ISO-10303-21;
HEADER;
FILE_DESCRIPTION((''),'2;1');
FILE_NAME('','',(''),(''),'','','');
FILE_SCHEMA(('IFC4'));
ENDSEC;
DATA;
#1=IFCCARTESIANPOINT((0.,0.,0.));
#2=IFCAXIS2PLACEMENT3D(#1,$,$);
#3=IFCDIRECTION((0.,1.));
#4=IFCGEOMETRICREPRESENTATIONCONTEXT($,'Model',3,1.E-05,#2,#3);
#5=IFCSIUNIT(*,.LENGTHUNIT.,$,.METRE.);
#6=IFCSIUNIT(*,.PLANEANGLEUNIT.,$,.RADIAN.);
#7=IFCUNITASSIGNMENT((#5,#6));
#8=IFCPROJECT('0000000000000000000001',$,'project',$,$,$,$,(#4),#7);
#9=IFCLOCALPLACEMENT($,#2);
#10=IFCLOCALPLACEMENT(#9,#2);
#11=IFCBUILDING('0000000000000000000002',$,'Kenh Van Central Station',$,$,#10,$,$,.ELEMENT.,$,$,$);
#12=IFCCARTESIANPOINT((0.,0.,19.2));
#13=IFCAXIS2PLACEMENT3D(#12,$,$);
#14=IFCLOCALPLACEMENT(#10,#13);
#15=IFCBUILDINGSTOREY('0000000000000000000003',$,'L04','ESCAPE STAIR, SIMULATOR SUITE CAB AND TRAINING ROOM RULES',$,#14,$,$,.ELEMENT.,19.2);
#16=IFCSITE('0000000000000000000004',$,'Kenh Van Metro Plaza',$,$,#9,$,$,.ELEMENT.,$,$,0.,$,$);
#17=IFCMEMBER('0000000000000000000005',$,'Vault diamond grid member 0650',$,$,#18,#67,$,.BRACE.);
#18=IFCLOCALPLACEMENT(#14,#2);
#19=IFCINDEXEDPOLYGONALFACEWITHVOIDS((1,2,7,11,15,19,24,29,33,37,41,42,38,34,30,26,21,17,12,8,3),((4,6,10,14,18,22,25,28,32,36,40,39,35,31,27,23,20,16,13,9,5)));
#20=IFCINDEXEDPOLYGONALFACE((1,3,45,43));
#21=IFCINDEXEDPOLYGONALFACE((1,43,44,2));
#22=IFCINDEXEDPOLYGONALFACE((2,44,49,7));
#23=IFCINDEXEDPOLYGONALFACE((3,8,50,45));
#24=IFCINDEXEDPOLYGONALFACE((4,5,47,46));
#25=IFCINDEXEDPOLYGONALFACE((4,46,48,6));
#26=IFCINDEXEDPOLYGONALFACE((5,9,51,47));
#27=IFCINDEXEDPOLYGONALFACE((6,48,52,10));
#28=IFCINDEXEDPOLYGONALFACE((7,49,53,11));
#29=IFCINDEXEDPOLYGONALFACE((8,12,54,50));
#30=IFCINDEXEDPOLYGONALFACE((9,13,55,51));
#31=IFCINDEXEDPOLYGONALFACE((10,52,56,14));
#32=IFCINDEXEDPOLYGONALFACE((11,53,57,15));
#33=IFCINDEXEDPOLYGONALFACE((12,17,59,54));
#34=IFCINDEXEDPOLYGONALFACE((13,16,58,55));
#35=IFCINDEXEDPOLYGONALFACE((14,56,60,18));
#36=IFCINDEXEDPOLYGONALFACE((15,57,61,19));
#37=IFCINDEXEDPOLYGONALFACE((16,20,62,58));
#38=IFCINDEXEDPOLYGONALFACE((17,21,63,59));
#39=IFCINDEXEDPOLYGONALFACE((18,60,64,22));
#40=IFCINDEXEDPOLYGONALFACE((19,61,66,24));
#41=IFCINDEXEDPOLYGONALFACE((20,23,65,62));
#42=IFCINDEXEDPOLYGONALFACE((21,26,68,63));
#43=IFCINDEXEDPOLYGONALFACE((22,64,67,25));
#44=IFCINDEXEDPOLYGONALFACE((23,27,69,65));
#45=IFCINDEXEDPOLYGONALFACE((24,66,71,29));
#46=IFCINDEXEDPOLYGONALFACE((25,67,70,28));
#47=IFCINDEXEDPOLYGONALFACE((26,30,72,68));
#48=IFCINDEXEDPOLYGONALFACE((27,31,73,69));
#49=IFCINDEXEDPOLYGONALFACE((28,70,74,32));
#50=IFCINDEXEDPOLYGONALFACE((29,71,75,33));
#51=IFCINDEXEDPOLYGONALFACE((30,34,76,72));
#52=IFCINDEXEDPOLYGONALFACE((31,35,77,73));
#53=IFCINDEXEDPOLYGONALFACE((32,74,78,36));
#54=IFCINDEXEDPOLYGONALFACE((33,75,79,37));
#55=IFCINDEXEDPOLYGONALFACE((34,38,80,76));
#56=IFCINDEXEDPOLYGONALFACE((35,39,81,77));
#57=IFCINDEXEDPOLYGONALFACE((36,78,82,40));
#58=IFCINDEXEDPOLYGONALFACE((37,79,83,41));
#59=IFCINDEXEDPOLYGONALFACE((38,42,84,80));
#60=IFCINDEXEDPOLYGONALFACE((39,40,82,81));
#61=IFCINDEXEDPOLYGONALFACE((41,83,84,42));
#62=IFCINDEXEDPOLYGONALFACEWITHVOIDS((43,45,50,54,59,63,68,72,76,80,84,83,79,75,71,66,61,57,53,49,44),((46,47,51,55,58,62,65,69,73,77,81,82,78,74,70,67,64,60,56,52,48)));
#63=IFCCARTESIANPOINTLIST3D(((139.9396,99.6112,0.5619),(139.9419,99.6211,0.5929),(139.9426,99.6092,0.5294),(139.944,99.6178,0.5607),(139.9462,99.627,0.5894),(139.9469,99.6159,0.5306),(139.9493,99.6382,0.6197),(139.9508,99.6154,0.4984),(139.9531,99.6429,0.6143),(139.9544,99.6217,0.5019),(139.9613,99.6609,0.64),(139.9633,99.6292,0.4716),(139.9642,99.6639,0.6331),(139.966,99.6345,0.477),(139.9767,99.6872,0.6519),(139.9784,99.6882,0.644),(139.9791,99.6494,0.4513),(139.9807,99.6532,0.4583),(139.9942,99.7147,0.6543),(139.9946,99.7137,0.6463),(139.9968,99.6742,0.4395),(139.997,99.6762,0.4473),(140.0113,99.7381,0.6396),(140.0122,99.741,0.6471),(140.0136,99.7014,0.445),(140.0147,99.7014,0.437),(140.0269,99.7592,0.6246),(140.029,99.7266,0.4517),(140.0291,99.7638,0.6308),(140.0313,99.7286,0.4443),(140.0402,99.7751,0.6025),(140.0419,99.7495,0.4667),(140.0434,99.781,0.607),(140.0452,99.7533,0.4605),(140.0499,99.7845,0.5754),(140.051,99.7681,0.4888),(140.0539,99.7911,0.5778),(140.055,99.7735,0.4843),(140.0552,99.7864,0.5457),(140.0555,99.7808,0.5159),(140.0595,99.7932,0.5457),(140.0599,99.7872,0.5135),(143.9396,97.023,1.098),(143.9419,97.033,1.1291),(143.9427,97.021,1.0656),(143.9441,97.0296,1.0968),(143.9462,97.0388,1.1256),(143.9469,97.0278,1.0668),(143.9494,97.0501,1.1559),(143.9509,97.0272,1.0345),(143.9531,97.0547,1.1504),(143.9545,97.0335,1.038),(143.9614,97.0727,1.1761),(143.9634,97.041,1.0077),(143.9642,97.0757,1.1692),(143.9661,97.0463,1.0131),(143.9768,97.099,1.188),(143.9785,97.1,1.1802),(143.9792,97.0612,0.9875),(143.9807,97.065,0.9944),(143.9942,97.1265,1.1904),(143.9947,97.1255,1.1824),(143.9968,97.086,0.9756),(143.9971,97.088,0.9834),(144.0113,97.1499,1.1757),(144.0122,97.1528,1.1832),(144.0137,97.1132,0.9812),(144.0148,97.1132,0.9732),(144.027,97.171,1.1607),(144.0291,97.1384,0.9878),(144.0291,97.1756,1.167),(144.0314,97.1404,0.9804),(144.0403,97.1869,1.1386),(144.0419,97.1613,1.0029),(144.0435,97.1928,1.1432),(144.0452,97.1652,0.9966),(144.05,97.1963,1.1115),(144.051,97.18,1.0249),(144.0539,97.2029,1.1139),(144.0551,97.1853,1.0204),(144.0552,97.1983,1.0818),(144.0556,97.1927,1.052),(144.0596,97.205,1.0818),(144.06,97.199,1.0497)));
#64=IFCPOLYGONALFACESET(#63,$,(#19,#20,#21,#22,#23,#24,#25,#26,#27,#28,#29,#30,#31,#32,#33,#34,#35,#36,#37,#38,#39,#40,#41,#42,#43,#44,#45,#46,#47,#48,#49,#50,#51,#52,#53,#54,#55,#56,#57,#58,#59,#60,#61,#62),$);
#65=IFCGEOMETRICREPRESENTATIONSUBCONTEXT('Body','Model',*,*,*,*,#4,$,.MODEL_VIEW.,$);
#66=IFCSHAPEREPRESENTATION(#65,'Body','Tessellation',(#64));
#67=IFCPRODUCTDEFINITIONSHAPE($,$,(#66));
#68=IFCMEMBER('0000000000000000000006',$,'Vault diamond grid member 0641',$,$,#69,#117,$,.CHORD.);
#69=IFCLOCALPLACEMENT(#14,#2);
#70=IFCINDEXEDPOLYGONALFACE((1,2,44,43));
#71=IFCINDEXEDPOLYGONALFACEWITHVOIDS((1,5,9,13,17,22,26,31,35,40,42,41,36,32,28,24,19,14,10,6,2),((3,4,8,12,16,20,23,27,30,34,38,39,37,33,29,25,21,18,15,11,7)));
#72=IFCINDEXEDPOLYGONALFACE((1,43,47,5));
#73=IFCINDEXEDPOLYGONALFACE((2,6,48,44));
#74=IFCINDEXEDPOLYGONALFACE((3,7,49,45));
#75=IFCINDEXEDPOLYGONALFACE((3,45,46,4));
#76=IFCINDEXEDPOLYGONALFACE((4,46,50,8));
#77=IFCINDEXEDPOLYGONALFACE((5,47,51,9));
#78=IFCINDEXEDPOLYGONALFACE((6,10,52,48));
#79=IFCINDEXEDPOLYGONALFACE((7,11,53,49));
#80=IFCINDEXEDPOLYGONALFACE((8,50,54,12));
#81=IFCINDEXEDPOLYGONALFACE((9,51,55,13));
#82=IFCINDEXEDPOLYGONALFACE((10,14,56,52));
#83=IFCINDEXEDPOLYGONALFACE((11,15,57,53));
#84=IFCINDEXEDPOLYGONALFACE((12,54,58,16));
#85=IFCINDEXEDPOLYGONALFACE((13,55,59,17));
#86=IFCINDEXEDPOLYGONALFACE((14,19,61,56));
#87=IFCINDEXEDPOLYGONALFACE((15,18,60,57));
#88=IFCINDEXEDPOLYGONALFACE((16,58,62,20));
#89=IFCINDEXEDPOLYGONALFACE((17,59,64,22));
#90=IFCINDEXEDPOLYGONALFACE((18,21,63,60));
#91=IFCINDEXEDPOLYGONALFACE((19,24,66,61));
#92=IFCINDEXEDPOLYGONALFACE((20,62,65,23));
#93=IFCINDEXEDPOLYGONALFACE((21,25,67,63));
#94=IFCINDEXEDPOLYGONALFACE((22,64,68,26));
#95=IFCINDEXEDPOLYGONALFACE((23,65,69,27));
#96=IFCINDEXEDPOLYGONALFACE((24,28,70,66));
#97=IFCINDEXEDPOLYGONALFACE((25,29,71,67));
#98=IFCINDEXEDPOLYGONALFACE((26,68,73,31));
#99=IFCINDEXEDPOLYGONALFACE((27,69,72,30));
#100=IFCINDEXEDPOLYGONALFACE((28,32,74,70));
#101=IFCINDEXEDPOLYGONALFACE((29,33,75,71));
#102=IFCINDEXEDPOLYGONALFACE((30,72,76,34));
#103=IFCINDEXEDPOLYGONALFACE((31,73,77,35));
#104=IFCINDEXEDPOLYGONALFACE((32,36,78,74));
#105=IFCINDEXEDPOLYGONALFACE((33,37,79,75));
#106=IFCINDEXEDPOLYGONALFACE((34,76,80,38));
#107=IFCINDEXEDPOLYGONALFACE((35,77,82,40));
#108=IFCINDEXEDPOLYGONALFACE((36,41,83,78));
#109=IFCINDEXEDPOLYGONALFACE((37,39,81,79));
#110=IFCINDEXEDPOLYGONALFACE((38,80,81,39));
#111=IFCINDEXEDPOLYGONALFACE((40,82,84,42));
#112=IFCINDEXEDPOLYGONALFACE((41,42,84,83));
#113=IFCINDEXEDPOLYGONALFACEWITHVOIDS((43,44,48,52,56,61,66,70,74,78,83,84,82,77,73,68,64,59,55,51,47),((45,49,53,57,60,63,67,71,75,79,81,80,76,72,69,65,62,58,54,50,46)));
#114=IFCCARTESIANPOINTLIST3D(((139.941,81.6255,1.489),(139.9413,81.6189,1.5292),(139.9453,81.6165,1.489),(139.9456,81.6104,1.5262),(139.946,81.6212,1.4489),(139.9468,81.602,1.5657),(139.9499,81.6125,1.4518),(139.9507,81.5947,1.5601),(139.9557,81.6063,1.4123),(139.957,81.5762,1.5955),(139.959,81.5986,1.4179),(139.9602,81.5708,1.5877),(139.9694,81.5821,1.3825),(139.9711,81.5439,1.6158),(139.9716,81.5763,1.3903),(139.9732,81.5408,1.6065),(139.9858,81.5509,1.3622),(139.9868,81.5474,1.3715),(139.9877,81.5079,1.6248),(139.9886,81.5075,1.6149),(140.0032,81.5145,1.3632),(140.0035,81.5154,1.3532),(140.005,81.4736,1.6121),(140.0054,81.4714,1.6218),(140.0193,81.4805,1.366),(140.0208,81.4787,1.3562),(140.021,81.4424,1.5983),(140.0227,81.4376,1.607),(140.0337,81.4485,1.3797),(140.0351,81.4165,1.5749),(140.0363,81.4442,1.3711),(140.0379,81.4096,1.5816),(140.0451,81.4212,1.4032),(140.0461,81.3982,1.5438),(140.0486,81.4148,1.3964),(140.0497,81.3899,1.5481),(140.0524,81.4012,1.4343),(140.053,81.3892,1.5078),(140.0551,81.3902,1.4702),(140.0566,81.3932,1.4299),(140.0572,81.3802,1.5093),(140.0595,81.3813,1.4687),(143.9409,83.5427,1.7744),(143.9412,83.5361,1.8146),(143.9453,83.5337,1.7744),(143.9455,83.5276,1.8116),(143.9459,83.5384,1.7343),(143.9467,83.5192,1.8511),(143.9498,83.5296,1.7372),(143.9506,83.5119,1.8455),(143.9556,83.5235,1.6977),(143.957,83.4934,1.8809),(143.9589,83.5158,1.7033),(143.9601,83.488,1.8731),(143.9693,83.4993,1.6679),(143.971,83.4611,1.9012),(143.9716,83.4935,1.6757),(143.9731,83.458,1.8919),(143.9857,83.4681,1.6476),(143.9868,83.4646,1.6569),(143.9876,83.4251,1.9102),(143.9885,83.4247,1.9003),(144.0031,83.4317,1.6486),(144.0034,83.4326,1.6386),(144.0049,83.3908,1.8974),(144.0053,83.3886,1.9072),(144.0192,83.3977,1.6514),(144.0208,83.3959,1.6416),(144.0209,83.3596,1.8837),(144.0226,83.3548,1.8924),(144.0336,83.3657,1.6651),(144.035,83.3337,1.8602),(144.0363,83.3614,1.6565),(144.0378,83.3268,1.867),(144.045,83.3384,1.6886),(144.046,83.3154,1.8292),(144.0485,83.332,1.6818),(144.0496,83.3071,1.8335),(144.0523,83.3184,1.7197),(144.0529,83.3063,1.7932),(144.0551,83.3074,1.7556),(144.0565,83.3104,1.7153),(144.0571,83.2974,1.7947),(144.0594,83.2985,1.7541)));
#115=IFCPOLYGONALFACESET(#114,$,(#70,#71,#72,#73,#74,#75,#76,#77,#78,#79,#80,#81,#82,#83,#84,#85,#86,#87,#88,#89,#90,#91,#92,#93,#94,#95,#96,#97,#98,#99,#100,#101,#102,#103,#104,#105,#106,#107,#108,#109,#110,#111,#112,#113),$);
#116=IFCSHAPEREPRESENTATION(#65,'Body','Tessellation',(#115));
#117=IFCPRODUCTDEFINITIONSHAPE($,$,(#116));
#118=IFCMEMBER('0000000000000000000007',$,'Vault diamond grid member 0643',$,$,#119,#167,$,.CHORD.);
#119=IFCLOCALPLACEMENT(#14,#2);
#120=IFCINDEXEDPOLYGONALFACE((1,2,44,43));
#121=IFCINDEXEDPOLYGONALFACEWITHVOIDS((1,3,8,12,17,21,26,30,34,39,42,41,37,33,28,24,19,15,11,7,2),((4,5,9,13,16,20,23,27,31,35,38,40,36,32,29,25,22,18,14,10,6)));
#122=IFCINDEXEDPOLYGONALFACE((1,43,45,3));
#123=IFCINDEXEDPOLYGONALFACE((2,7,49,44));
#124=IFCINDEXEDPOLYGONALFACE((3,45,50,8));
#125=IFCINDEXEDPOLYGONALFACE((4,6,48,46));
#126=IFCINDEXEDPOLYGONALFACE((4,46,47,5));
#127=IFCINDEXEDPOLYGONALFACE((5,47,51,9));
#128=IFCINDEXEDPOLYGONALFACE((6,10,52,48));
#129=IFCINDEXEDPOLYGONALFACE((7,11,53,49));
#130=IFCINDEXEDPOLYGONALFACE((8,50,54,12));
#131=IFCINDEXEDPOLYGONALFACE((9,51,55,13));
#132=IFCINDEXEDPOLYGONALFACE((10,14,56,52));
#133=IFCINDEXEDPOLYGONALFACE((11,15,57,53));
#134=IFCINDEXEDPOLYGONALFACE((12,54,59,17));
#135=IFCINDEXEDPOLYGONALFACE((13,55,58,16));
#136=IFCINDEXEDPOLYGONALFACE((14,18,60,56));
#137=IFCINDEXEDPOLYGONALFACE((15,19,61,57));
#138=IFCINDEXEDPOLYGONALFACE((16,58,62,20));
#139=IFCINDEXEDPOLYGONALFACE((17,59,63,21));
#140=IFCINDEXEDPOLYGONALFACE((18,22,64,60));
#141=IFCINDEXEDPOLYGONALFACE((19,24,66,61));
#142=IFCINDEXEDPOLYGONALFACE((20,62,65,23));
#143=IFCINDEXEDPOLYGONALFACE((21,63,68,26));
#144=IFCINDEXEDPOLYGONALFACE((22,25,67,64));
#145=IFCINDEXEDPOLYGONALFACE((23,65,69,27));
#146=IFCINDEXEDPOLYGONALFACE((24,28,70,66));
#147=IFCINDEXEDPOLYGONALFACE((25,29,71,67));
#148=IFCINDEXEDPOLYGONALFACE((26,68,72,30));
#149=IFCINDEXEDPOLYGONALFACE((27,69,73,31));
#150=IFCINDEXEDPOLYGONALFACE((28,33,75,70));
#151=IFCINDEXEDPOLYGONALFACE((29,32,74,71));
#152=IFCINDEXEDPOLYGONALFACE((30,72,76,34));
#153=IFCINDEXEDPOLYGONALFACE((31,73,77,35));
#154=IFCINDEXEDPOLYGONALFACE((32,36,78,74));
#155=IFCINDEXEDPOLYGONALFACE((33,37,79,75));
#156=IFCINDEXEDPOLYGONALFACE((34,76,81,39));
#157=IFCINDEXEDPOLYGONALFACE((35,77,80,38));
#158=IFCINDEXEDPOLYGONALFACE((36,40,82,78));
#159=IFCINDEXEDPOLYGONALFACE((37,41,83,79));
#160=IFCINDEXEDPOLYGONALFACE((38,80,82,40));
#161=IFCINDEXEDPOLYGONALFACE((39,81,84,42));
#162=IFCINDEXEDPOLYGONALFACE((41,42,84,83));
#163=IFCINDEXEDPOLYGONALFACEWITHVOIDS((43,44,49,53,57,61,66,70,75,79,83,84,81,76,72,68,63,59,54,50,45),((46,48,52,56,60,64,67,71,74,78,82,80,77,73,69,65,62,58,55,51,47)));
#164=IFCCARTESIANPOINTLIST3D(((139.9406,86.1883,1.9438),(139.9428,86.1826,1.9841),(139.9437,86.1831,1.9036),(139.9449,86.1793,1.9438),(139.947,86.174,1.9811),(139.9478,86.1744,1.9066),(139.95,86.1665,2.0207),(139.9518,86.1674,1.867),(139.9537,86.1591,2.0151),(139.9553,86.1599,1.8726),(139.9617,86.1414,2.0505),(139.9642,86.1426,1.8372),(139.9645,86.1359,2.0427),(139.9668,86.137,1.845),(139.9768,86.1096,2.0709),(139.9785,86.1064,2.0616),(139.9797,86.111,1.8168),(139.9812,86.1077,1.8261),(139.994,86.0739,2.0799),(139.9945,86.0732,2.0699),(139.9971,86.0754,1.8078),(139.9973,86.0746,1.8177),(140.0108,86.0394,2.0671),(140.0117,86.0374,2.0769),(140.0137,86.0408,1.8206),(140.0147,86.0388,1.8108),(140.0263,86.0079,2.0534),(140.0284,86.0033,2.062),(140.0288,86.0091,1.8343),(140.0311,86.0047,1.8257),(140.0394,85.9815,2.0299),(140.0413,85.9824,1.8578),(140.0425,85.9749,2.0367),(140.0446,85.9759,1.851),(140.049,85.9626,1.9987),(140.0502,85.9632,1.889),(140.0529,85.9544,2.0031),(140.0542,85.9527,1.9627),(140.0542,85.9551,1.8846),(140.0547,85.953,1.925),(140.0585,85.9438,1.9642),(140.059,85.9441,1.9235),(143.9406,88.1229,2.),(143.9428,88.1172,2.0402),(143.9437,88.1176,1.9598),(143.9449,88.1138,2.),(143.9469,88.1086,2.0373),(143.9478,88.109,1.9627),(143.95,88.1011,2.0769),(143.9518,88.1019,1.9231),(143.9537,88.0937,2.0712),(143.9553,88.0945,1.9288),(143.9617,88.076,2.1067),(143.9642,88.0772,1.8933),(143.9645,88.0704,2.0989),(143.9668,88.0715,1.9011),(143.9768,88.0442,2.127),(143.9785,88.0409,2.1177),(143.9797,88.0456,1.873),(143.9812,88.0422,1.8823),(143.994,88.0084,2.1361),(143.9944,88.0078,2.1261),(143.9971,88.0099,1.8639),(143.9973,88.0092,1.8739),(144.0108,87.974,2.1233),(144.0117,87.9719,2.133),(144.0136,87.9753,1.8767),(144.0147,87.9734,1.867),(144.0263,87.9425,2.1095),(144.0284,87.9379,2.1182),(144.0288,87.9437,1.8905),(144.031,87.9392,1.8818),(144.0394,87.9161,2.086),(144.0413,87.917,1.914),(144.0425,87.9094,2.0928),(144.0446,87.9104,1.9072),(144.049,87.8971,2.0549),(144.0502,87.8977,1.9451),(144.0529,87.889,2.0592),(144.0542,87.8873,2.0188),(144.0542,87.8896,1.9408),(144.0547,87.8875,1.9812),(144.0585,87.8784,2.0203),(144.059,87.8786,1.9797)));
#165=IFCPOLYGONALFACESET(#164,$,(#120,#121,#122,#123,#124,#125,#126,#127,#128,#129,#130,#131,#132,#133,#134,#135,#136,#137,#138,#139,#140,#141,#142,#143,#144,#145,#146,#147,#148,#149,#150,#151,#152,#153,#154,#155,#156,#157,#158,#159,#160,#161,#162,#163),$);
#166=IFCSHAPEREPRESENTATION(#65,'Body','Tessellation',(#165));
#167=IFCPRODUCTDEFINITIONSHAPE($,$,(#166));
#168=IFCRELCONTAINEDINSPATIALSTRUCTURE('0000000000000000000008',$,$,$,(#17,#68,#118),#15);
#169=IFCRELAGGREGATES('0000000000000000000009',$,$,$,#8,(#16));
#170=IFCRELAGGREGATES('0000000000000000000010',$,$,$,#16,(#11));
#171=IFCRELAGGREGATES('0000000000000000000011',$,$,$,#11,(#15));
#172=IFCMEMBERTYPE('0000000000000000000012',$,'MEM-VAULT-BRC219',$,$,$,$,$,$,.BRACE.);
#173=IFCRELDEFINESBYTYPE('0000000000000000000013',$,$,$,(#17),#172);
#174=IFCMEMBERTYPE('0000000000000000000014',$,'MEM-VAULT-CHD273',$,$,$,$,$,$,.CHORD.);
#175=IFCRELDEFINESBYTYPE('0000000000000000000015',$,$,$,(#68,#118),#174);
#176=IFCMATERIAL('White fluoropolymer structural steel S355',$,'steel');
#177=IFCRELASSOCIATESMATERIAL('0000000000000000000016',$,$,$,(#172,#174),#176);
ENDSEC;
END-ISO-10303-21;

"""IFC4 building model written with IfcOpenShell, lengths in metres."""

from ifc_helpers import new_model, si_unit, direction, frame, origin, origin_2d, place, context, subcontext, project, spatial, hollow_circle, extrude, material, material_profile, profile_set, type_object, element, save


model = new_model("IFC4")

# Units and contexts
model_context = context("Model", 3, precision=1e-05, world=origin(), true_north=direction((0.0, 1.0)))
body_context = subcontext(model_context, "Body", "Model", "MODEL_VIEW")
ifc_project = project(units=[si_unit("LENGTHUNIT", "METRE"), si_unit("PLANEANGLEUNIT", "RADIAN")], contexts=[model_context])

# Site, building, storey
site_placement = place(None, origin())
site = spatial("IfcSite", under=ifc_project, at=site_placement, Name="Kenh Van Metro Plaza", CompositionType="ELEMENT", RefElevation=0.0)
building_placement = place(site_placement, origin())
building = spatial("IfcBuilding", under=site, at=building_placement, Name="Kenh Van Central Station", CompositionType="ELEMENT")
storey_placement = place(building_placement, frame((0.0, 0.0, 19.2)))
storey = spatial("IfcBuildingStorey", under=building, at=storey_placement, Name="L04", Description="ESCAPE STAIR, SIMULATOR SUITE CAB AND TRAINING ROOM RULES", CompositionType="ELEMENT", Elevation=19.2)

# Shared definitions
ifc_material_1 = material(Name="White fluoropolymer structural steel S355", Category="steel")

# Members
ifc_material_profile_1 = material_profile(ifc_material_1, hollow_circle(Radius=0.1096, WallThickness=0.0081, at=origin_2d()), Name="CHS 219.1x8")
ifc_profile_set_1 = profile_set([ifc_material_profile_1], Name="White fluoropolymer structural steel S355")
member_type_1 = type_object("IfcMemberType", Name="MEM-VAULT-BRC219", PredefinedType="BRACE", material=ifc_profile_set_1)
member_1_placement = place(storey_placement, frame((140.0, 99.7012, 0.5457), z_axis=(0.834314, -0.539829, 0.111826), x_axis=(0.543236, 0.83958, 0.0)))
element("IfcMember", 1, at=member_1_placement, inside=storey, type_object=member_type_1, Name="Vault diamond grid member 0650", PredefinedType="BRACE", context=body_context, shape_type="SweptSolid", body=[
    extrude(hollow_circle(Radius=0.1096, WallThickness=0.0081, at=origin_2d()), origin(), (0.0, 0.0, 1.0), 4.7944),
])
ifc_material_profile_2 = material_profile(ifc_material_1, hollow_circle(Radius=0.1365, WallThickness=0.01, at=origin_2d()), Name="CHS 273x10")
ifc_profile_set_2 = profile_set([ifc_material_profile_2], Name="White fluoropolymer structural steel S355")
member_type_2 = type_object("IfcMemberType", Name="MEM-VAULT-CHD273", PredefinedType="CHORD", material=ifc_profile_set_2)
member_2_placement = place(storey_placement, frame((140.0, 81.5024, 1.489), z_axis=(0.899905, 0.431333, 0.064208), x_axis=(-0.432225, 0.901766, 0.0)))
element("IfcMember", 2, at=member_2_placement, inside=storey, type_object=member_type_2, Name="Vault diamond grid member 0641", PredefinedType="CHORD", context=body_context, shape_type="SweptSolid", body=[
    extrude(hollow_circle(Radius=0.1365, WallThickness=0.01, at=origin_2d()), origin(), (0.0, 0.0, 1.0), 4.4448),
])
member_3_placement = place(storey_placement, frame((140.0, 86.0654, 1.9438), z_axis=(0.900168, 0.43536, 0.012637), x_axis=(-0.435394, 0.90024, 0.0)))
element("IfcMember", 3, at=member_3_placement, inside=storey, type_object=member_type_2, Name="Vault diamond grid member 0643", PredefinedType="CHORD", context=body_context, shape_type="SweptSolid", body=[
    extrude(hollow_circle(Radius=0.1365, WallThickness=0.01, at=origin_2d()), origin(), (0.0, 0.0, 1.0), 4.4436),
])

save(model, "model.ifc")
